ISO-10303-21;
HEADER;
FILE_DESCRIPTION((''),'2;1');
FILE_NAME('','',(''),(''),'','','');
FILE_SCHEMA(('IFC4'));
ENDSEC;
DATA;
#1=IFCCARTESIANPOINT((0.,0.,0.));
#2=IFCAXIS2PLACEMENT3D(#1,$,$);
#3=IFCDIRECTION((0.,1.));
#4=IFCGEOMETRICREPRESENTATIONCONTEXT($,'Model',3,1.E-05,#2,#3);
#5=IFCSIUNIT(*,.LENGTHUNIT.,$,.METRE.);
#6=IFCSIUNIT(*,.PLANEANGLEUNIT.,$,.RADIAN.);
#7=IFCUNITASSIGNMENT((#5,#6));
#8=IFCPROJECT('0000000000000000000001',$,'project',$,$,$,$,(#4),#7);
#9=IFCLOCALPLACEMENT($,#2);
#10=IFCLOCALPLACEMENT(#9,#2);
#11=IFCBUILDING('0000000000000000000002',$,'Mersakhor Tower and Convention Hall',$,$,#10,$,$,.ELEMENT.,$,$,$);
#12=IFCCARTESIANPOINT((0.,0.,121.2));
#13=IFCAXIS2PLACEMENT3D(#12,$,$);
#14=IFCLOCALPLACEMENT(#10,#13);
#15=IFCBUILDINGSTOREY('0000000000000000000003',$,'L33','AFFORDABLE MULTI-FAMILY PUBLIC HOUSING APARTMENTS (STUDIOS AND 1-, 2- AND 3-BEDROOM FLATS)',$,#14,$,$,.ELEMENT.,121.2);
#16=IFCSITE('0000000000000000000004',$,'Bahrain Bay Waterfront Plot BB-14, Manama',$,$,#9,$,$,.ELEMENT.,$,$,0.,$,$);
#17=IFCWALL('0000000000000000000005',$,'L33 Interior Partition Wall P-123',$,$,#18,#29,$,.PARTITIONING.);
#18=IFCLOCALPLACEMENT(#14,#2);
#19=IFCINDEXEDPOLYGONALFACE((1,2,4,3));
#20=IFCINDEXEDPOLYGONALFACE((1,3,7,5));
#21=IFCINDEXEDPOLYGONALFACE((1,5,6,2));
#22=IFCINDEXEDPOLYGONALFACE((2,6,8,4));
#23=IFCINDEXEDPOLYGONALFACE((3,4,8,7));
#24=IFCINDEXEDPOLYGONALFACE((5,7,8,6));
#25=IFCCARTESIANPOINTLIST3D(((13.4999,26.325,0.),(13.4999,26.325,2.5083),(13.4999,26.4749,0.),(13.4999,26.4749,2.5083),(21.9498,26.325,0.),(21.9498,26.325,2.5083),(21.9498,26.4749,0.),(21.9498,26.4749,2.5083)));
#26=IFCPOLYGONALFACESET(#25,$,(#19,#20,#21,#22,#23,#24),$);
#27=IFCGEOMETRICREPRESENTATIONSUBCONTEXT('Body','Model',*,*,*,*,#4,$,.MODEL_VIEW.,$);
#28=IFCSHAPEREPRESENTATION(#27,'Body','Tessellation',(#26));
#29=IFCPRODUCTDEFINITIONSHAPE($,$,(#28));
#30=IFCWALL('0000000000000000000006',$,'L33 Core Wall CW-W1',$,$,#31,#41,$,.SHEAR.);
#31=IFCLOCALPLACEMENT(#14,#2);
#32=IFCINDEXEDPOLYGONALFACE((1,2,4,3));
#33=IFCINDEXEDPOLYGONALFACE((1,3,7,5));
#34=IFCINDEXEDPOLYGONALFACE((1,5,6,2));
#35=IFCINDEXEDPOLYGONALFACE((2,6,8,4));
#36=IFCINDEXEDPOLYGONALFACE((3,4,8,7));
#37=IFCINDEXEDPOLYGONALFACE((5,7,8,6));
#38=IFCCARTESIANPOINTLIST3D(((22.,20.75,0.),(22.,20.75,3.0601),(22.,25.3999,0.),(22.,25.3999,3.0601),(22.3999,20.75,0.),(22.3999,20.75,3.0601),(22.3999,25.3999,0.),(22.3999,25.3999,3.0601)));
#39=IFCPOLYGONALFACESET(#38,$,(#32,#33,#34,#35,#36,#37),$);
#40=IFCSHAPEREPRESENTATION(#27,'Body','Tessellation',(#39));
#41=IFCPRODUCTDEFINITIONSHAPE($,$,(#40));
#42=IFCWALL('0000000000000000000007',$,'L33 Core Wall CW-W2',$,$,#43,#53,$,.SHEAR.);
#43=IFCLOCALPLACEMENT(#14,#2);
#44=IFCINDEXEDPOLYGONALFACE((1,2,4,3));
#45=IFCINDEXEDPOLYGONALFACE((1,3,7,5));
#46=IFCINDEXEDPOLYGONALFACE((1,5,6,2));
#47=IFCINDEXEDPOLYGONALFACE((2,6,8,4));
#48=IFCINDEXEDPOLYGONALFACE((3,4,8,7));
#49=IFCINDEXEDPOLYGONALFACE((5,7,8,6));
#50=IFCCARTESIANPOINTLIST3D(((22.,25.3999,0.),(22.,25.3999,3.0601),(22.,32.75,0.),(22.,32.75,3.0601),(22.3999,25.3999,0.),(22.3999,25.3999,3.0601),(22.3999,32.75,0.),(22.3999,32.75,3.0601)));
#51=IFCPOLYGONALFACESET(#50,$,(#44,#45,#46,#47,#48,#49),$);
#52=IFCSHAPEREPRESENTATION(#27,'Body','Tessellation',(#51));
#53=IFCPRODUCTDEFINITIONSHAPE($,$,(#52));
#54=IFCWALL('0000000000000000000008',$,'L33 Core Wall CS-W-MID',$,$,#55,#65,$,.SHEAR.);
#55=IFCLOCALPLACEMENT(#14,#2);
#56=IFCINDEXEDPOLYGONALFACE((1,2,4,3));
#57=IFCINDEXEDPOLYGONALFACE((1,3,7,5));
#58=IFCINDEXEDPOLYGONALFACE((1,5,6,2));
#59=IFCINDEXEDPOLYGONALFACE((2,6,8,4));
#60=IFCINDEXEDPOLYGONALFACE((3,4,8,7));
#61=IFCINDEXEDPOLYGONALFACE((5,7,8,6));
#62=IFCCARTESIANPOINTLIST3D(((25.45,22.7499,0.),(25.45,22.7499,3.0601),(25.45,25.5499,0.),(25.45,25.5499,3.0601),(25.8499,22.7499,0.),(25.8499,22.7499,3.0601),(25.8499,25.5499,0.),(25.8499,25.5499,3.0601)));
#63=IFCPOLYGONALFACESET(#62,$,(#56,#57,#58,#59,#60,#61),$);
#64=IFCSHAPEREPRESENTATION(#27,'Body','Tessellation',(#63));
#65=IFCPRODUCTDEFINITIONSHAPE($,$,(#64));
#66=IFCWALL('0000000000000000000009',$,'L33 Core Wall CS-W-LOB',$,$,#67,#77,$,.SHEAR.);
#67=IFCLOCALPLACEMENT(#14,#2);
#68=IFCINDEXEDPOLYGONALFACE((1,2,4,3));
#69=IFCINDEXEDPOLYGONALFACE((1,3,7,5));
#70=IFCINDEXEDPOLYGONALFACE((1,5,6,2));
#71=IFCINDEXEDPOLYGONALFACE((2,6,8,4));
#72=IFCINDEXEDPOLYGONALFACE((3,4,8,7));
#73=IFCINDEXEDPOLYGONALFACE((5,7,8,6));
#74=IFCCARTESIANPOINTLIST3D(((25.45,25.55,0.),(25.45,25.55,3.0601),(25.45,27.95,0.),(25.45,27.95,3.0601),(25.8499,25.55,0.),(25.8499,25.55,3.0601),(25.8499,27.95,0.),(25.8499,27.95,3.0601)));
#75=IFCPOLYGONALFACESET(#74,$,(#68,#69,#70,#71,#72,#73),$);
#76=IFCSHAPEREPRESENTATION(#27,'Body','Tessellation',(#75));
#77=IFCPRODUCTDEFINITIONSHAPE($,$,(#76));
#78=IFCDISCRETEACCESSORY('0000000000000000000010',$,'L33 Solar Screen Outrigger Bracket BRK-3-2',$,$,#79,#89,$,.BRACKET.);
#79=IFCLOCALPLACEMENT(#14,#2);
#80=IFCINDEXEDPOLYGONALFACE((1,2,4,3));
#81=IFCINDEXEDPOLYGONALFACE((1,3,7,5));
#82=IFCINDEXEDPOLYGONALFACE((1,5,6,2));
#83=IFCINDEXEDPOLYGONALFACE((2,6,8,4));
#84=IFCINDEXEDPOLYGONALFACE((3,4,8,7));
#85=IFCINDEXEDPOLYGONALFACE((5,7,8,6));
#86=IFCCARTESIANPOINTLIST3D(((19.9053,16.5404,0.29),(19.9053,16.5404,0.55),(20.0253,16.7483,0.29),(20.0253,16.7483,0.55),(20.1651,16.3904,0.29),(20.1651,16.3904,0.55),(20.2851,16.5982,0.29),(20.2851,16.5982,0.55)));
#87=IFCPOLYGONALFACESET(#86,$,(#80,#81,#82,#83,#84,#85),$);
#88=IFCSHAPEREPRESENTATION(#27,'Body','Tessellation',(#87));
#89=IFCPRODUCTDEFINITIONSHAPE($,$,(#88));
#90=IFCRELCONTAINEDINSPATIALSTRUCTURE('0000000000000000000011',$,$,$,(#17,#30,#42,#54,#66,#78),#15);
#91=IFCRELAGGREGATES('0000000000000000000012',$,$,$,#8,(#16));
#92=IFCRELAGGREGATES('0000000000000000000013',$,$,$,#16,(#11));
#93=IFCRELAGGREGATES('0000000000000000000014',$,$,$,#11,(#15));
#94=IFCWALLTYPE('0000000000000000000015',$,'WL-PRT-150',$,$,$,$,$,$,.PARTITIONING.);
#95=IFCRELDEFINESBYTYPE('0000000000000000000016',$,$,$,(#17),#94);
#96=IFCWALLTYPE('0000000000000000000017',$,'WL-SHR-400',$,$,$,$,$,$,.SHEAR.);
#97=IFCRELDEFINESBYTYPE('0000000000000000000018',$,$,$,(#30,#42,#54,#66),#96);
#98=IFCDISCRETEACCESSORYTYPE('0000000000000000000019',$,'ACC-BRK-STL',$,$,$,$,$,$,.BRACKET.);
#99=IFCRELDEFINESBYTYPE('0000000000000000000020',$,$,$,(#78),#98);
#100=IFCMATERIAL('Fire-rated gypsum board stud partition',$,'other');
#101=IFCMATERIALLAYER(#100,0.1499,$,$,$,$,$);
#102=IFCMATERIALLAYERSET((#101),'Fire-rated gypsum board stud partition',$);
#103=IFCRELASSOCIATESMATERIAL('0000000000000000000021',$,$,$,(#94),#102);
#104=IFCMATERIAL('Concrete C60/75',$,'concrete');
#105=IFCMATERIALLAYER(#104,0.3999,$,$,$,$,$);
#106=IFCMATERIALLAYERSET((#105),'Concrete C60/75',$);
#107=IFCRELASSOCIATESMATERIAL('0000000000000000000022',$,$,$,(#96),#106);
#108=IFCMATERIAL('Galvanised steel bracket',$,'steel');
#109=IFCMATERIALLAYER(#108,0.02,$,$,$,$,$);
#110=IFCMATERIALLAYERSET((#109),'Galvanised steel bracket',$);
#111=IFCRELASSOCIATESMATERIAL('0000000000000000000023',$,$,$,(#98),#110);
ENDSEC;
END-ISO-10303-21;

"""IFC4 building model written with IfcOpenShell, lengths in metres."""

from ifc_helpers import new_model, si_unit, direction, frame, frame_2d, origin, origin_2d, place, context, subcontext, project, spatial, rectangle, extrude, material, layer, layer_set, type_object, element, save


model = new_model("IFC4")

# Units and contexts
model_context = context("Model", 3, precision=1e-05, world=origin(), true_north=direction((0.0, 1.0)))
body_context = subcontext(model_context, "Body", "Model", "MODEL_VIEW")
ifc_project = project(units=[si_unit("LENGTHUNIT", "METRE"), si_unit("PLANEANGLEUNIT", "RADIAN")], contexts=[model_context])

# Site, building, storey
site_placement = place(None, origin())
site = spatial("IfcSite", under=ifc_project, at=site_placement, Name="Bahrain Bay Waterfront Plot BB-14, Manama", CompositionType="ELEMENT", RefElevation=0.0)
building_placement = place(site_placement, origin())
building = spatial("IfcBuilding", under=site, at=building_placement, Name="Mersakhor Tower and Convention Hall", CompositionType="ELEMENT")
storey_placement = place(building_placement, frame((0.0, 0.0, 121.2)))
storey = spatial("IfcBuildingStorey", under=building, at=storey_placement, Name="L33", Description="AFFORDABLE MULTI-FAMILY PUBLIC HOUSING APARTMENTS (STUDIOS AND 1-, 2- AND 3-BEDROOM FLATS)", CompositionType="ELEMENT", Elevation=121.2)

# Shared definitions
ifc_material_1 = material(Name="Fire-rated gypsum board stud partition", Category="other")
ifc_layer_1 = layer(ifc_material_1, 0.1499)
ifc_layer_set_1 = layer_set([ifc_layer_1], Name="Fire-rated gypsum board stud partition")
wall_type_1 = type_object("IfcWallType", Name="WL-PRT-150", PredefinedType="PARTITIONING", material=ifc_layer_set_1)

# Wall
wall_1_placement = place(storey_placement, frame((21.95, 26.3999, 0.0), z_axis=(0.0, 0.0, 1.0), x_axis=(-1.0, 0.0, 0.0)))
element("IfcWall", 1, at=wall_1_placement, inside=storey, type_object=wall_type_1, Name="L33 Interior Partition Wall P-123", PredefinedType="PARTITIONING", context=body_context, shape_type="SweptSolid", body=[
    extrude(rectangle(XDim=8.45, YDim=0.1499, at=frame_2d((4.2251, 0.0))), origin(), (0.0, 0.0, 1.0), 2.5083),
])

# Walls
ifc_material_2 = material(Name="Concrete C60/75", Category="concrete")
ifc_layer_2 = layer(ifc_material_2, 0.3999)
ifc_layer_set_2 = layer_set([ifc_layer_2], Name="Concrete C60/75")
wall_type_2 = type_object("IfcWallType", Name="WL-SHR-400", PredefinedType="SHEAR", material=ifc_layer_set_2)
wall_2_placement = place(storey_placement, frame((22.2, 20.75, 0.0), z_axis=(0.0, 0.0, 1.0), x_axis=(0.0, 1.0, 0.0)))
element("IfcWall", 2, at=wall_2_placement, inside=storey, type_object=wall_type_2, Name="L33 Core Wall CW-W1", PredefinedType="SHEAR", context=body_context, shape_type="SweptSolid", body=[
    extrude(rectangle(XDim=4.6499, YDim=0.3999, at=frame_2d((2.325, 0.0))), origin(), (0.0, 0.0, 1.0), 3.0601),
])
wall_3_placement = place(storey_placement, frame((22.2, 25.3999, 0.0), z_axis=(0.0, 0.0, 1.0), x_axis=(0.0, 1.0, 0.0)))
element("IfcWall", 3, at=wall_3_placement, inside=storey, type_object=wall_type_2, Name="L33 Core Wall CW-W2", PredefinedType="SHEAR", context=body_context, shape_type="SweptSolid", body=[
    extrude(rectangle(XDim=7.3501, YDim=0.3999, at=frame_2d((3.675, 0.0))), origin(), (0.0, 0.0, 1.0), 3.0601),
])

# Walls
wall_4_placement = place(storey_placement, frame((25.6499, 22.75, 0.0), z_axis=(0.0, 0.0, 1.0), x_axis=(0.0, 1.0, 0.0)))
element("IfcWall", 4, at=wall_4_placement, inside=storey, type_object=wall_type_2, Name="L33 Core Wall CS-W-MID", PredefinedType="SHEAR", context=body_context, shape_type="SweptSolid", body=[
    extrude(rectangle(XDim=2.8, YDim=0.3999, at=frame_2d((1.3999, 0.0))), origin(), (0.0, 0.0, 1.0), 3.0601),
])
wall_5_placement = place(storey_placement, frame((25.6499, 25.55, 0.0), z_axis=(0.0, 0.0, 1.0), x_axis=(0.0, 1.0, 0.0)))
element("IfcWall", 5, at=wall_5_placement, inside=storey, type_object=wall_type_2, Name="L33 Core Wall CS-W-LOB", PredefinedType="SHEAR", context=body_context, shape_type="SweptSolid", body=[
    extrude(rectangle(XDim=2.3999, YDim=0.3999, at=frame_2d((1.2, 0.0))), origin(), (0.0, 0.0, 1.0), 3.0601),
])

# Discrete accessory
ifc_material_3 = material(Name="Galvanised steel bracket", Category="steel")
ifc_layer_3 = layer(ifc_material_3, 0.02)
ifc_layer_set_3 = layer_set([ifc_layer_3], Name="Galvanised steel bracket")
discrete_accessory_type = type_object("IfcDiscreteAccessoryType", Name="ACC-BRK-STL", PredefinedType="BRACKET", material=ifc_layer_set_3)
discrete_accessory_placement = place(storey_placement, frame((20.0952, 16.5693, 0.29), z_axis=(0.0, 0.0, 1.0), x_axis=(-0.866025, 0.5, 0.0)))
element("IfcDiscreteAccessory", 6, at=discrete_accessory_placement, inside=storey, type_object=discrete_accessory_type, Name="L33 Solar Screen Outrigger Bracket BRK-3-2", PredefinedType="BRACKET", context=body_context, shape_type="SweptSolid", body=[
    extrude(rectangle(XDim=0.3, YDim=0.24, at=origin_2d()), origin(), (0.0, 0.0, 1.0), 0.26),
])

save(model, "model.ifc")
